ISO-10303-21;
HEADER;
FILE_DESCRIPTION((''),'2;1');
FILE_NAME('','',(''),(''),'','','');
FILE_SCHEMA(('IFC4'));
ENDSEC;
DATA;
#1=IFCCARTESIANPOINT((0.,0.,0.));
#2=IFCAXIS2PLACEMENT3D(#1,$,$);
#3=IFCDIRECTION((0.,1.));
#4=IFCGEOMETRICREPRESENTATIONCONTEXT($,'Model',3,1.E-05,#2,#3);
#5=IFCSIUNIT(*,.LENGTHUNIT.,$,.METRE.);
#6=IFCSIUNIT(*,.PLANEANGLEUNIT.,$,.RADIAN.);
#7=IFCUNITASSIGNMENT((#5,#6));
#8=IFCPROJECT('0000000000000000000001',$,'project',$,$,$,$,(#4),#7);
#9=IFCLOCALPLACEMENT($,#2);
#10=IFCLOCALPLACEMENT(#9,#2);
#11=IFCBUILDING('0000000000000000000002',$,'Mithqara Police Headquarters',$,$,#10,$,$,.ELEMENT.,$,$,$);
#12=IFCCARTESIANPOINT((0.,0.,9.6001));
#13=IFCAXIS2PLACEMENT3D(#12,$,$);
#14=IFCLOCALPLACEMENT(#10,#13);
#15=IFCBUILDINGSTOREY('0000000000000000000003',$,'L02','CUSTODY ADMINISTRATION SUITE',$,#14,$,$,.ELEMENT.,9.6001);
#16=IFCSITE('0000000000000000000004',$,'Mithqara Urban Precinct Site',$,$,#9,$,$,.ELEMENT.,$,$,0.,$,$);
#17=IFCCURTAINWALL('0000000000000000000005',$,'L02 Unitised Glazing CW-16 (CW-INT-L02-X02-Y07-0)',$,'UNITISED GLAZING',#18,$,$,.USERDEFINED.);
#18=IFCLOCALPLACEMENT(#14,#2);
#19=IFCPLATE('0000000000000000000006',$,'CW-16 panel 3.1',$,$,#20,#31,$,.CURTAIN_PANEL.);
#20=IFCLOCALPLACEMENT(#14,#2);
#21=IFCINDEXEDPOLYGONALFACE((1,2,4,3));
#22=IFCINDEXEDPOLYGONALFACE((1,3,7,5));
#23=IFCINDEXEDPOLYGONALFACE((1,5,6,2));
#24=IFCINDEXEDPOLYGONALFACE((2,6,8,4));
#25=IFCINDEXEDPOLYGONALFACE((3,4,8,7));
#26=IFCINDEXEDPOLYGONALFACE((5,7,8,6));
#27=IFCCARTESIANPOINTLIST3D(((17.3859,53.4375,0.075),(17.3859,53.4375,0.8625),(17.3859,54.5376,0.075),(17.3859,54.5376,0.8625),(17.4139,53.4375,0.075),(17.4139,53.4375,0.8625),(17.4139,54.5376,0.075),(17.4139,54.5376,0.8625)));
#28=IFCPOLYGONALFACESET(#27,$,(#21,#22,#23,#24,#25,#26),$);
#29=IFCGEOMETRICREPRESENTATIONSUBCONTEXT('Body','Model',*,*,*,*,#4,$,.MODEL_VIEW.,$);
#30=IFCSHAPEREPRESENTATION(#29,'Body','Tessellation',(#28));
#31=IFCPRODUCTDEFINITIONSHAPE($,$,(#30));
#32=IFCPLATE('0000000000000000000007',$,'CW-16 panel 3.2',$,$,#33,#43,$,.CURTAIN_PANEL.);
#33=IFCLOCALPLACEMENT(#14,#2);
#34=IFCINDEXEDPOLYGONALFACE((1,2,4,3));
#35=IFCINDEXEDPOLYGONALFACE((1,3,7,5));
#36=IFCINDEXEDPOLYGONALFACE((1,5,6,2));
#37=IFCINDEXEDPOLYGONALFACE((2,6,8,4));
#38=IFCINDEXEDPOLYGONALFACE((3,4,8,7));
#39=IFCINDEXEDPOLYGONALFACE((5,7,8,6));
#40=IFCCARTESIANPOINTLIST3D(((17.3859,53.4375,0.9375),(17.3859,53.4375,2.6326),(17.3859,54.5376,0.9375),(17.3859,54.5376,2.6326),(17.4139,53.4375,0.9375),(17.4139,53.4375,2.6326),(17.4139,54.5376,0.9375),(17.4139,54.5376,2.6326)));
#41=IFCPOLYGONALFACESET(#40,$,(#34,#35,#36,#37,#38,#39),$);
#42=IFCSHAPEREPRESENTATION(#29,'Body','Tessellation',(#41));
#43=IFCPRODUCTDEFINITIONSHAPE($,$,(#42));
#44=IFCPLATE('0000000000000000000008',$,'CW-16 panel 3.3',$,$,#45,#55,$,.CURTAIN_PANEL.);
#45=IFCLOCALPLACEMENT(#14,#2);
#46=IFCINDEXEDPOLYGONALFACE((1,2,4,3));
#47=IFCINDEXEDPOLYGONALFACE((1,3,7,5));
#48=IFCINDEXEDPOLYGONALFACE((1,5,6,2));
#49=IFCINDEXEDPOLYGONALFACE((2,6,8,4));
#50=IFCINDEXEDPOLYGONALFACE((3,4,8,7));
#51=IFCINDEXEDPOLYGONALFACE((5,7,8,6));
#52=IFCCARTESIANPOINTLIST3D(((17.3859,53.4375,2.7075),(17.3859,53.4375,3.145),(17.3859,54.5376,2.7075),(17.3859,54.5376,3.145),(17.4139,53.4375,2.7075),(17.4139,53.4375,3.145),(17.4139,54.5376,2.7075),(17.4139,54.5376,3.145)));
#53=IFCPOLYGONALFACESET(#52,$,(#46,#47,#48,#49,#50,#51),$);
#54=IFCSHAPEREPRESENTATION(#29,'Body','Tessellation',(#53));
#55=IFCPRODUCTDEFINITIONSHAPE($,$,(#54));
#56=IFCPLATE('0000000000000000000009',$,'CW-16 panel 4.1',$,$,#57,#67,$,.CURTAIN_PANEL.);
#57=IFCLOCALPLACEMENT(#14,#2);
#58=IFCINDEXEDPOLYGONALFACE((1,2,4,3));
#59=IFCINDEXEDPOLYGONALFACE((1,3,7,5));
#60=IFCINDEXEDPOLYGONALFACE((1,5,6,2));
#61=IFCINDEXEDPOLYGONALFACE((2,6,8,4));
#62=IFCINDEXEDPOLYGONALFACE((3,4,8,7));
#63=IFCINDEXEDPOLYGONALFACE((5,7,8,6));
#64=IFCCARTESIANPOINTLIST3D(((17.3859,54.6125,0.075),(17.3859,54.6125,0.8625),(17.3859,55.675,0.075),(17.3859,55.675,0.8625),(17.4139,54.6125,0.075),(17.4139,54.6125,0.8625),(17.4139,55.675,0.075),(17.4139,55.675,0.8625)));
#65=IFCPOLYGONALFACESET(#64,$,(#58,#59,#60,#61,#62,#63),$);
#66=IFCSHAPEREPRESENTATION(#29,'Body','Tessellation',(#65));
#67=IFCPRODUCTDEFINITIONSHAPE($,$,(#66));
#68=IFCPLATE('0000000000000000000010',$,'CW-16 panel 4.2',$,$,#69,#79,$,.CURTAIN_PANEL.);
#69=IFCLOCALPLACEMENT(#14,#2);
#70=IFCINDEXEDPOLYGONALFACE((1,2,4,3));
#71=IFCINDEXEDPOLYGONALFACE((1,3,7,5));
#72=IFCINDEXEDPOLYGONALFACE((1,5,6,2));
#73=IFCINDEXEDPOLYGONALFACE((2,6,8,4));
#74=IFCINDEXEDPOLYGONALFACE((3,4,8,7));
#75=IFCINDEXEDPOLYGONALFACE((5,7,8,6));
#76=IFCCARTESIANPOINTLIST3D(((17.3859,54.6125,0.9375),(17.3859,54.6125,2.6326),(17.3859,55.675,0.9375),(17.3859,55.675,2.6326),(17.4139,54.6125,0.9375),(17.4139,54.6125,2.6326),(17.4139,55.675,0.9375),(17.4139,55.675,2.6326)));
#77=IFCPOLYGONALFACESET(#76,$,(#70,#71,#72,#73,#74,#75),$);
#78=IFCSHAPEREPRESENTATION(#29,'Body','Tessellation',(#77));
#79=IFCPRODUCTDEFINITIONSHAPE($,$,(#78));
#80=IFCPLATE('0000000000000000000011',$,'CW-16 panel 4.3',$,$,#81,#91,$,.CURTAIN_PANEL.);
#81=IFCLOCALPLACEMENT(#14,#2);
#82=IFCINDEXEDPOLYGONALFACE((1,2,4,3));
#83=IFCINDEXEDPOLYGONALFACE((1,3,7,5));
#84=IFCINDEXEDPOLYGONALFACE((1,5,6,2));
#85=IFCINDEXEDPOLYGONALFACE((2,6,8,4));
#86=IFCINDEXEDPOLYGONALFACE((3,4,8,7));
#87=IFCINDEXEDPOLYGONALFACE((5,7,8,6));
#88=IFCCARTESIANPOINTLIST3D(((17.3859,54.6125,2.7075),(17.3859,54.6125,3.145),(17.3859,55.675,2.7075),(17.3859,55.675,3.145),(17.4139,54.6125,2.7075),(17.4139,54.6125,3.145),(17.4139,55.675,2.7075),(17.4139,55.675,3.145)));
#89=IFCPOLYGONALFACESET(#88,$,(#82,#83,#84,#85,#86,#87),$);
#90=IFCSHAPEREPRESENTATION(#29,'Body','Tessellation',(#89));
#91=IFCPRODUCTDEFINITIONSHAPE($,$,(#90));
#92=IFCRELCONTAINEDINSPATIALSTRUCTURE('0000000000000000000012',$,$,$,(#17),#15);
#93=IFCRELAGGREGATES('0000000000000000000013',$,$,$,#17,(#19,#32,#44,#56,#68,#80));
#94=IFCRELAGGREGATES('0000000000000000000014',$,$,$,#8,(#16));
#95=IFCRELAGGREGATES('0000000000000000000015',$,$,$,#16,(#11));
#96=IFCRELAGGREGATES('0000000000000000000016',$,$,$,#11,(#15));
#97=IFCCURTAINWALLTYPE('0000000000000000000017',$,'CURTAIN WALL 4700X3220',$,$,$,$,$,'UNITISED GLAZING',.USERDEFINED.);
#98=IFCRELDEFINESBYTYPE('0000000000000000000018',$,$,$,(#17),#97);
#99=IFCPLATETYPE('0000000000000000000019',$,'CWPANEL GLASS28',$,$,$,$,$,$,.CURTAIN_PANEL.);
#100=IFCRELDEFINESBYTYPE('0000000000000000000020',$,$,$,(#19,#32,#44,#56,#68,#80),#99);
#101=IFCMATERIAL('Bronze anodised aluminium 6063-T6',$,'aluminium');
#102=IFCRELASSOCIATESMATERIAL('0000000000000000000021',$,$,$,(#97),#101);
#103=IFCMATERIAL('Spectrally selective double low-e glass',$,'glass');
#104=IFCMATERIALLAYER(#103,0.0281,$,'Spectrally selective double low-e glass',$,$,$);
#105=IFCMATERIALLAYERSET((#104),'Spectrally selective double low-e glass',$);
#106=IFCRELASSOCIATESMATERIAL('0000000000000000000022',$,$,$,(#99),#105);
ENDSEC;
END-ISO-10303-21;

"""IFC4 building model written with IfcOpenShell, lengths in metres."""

from ifc_helpers import new_model, si_unit, direction, frame, origin, origin_2d, place, context, subcontext, project, spatial, rectangle, extrude, material, layer, layer_set, type_object, element, aggregate, save


model = new_model("IFC4")

# Units and contexts
model_context = context("Model", 3, precision=1e-05, world=origin(), true_north=direction((0.0, 1.0)))
body_context = subcontext(model_context, "Body", "Model", "MODEL_VIEW")
ifc_project = project(units=[si_unit("LENGTHUNIT", "METRE"), si_unit("PLANEANGLEUNIT", "RADIAN")], contexts=[model_context])

# Site, building, storey
site_placement = place(None, origin())
site = spatial("IfcSite", under=ifc_project, at=site_placement, Name="Mithqara Urban Precinct Site", CompositionType="ELEMENT", RefElevation=0.0)
building_placement = place(site_placement, origin())
building = spatial("IfcBuilding", under=site, at=building_placement, Name="Mithqara Police Headquarters", CompositionType="ELEMENT")
storey_placement = place(building_placement, frame((0.0, 0.0, 9.6001)))
storey = spatial("IfcBuildingStorey", under=building, at=storey_placement, Name="L02", Description="CUSTODY ADMINISTRATION SUITE", CompositionType="ELEMENT", Elevation=9.6001)

# Curtain wall, plates
ifc_material_1 = material(Name="Bronze anodised aluminium 6063-T6", Category="aluminium")
curtain_wall_type = type_object("IfcCurtainWallType", Name="CURTAIN WALL 4700X3220", ElementType="UNITISED GLAZING", PredefinedType="USERDEFINED", material=ifc_material_1)
curtain_wall_placement = place(storey_placement, origin())
curtain_wall = element("IfcCurtainWall", 1, at=curtain_wall_placement, inside=storey, type_object=curtain_wall_type, Name="L02 Unitised Glazing CW-16 (CW-INT-L02-X02-Y07-0)", ObjectType="UNITISED GLAZING", PredefinedType="USERDEFINED")
ifc_material_2 = material(Name="Spectrally selective double low-e glass", Category="glass")
ifc_layer = layer(ifc_material_2, 0.0281, Name="Spectrally selective double low-e glass")
ifc_layer_set = layer_set([ifc_layer], Name="Spectrally selective double low-e glass")
plate_type = type_object("IfcPlateType", Name="CWPANEL GLASS28", PredefinedType="CURTAIN_PANEL", material=ifc_layer_set)
plate_1_placement = place(storey_placement, frame((17.3999, 53.9875, 0.075), z_axis=(0.0, 0.0, 1.0), x_axis=(0.0, 1.0, 0.0)))
plate_1 = element("IfcPlate", 2, at=plate_1_placement, type_object=plate_type, Name="CW-16 panel 3.1", PredefinedType="CURTAIN_PANEL", context=body_context, shape_type="SweptSolid", body=[
    extrude(rectangle(XDim=1.1001, YDim=0.0281, at=origin_2d()), origin(), (0.0, 0.0, 1.0), 0.7876),
])
plate_2_placement = place(storey_placement, frame((17.3999, 53.9875, 0.9375), z_axis=(0.0, 0.0, 1.0), x_axis=(0.0, 1.0, 0.0)))
plate_2 = element("IfcPlate", 3, at=plate_2_placement, type_object=plate_type, Name="CW-16 panel 3.2", PredefinedType="CURTAIN_PANEL", context=body_context, shape_type="SweptSolid", body=[
    extrude(rectangle(XDim=1.1001, YDim=0.0281, at=origin_2d()), origin(), (0.0, 0.0, 1.0), 1.6951),
])
plate_3_placement = place(storey_placement, frame((17.3999, 53.9875, 2.7075), z_axis=(0.0, 0.0, 1.0), x_axis=(0.0, 1.0, 0.0)))
plate_3 = element("IfcPlate", 4, at=plate_3_placement, type_object=plate_type, Name="CW-16 panel 3.3", PredefinedType="CURTAIN_PANEL", context=body_context, shape_type="SweptSolid", body=[
    extrude(rectangle(XDim=1.1001, YDim=0.0281, at=origin_2d()), origin(), (0.0, 0.0, 1.0), 0.4375),
])
plate_4_placement = place(storey_placement, frame((17.3999, 55.1438, 0.075), z_axis=(0.0, 0.0, 1.0), x_axis=(0.0, 1.0, 0.0)))
plate_4 = element("IfcPlate", 5, at=plate_4_placement, type_object=plate_type, Name="CW-16 panel 4.1", PredefinedType="CURTAIN_PANEL", context=body_context, shape_type="SweptSolid", body=[
    extrude(rectangle(XDim=1.0625, YDim=0.0281, at=origin_2d()), origin(), (0.0, 0.0, 1.0), 0.7876),
])
plate_5_placement = place(storey_placement, frame((17.3999, 55.1438, 0.9375), z_axis=(0.0, 0.0, 1.0), x_axis=(0.0, 1.0, 0.0)))
plate_5 = element("IfcPlate", 6, at=plate_5_placement, type_object=plate_type, Name="CW-16 panel 4.2", PredefinedType="CURTAIN_PANEL", context=body_context, shape_type="SweptSolid", body=[
    extrude(rectangle(XDim=1.0625, YDim=0.0281, at=origin_2d()), origin(), (0.0, 0.0, 1.0), 1.6951),
])
plate_6_placement = place(storey_placement, frame((17.3999, 55.1438, 2.7075), z_axis=(0.0, 0.0, 1.0), x_axis=(0.0, 1.0, 0.0)))
plate_6 = element("IfcPlate", 7, at=plate_6_placement, type_object=plate_type, Name="CW-16 panel 4.3", PredefinedType="CURTAIN_PANEL", context=body_context, shape_type="SweptSolid", body=[
    extrude(rectangle(XDim=1.0625, YDim=0.0281, at=origin_2d()), origin(), (0.0, 0.0, 1.0), 0.4375),
])
aggregate(curtain_wall, [plate_1, plate_2, plate_3, plate_4, plate_5, plate_6])

save(model, "model.ifc")
